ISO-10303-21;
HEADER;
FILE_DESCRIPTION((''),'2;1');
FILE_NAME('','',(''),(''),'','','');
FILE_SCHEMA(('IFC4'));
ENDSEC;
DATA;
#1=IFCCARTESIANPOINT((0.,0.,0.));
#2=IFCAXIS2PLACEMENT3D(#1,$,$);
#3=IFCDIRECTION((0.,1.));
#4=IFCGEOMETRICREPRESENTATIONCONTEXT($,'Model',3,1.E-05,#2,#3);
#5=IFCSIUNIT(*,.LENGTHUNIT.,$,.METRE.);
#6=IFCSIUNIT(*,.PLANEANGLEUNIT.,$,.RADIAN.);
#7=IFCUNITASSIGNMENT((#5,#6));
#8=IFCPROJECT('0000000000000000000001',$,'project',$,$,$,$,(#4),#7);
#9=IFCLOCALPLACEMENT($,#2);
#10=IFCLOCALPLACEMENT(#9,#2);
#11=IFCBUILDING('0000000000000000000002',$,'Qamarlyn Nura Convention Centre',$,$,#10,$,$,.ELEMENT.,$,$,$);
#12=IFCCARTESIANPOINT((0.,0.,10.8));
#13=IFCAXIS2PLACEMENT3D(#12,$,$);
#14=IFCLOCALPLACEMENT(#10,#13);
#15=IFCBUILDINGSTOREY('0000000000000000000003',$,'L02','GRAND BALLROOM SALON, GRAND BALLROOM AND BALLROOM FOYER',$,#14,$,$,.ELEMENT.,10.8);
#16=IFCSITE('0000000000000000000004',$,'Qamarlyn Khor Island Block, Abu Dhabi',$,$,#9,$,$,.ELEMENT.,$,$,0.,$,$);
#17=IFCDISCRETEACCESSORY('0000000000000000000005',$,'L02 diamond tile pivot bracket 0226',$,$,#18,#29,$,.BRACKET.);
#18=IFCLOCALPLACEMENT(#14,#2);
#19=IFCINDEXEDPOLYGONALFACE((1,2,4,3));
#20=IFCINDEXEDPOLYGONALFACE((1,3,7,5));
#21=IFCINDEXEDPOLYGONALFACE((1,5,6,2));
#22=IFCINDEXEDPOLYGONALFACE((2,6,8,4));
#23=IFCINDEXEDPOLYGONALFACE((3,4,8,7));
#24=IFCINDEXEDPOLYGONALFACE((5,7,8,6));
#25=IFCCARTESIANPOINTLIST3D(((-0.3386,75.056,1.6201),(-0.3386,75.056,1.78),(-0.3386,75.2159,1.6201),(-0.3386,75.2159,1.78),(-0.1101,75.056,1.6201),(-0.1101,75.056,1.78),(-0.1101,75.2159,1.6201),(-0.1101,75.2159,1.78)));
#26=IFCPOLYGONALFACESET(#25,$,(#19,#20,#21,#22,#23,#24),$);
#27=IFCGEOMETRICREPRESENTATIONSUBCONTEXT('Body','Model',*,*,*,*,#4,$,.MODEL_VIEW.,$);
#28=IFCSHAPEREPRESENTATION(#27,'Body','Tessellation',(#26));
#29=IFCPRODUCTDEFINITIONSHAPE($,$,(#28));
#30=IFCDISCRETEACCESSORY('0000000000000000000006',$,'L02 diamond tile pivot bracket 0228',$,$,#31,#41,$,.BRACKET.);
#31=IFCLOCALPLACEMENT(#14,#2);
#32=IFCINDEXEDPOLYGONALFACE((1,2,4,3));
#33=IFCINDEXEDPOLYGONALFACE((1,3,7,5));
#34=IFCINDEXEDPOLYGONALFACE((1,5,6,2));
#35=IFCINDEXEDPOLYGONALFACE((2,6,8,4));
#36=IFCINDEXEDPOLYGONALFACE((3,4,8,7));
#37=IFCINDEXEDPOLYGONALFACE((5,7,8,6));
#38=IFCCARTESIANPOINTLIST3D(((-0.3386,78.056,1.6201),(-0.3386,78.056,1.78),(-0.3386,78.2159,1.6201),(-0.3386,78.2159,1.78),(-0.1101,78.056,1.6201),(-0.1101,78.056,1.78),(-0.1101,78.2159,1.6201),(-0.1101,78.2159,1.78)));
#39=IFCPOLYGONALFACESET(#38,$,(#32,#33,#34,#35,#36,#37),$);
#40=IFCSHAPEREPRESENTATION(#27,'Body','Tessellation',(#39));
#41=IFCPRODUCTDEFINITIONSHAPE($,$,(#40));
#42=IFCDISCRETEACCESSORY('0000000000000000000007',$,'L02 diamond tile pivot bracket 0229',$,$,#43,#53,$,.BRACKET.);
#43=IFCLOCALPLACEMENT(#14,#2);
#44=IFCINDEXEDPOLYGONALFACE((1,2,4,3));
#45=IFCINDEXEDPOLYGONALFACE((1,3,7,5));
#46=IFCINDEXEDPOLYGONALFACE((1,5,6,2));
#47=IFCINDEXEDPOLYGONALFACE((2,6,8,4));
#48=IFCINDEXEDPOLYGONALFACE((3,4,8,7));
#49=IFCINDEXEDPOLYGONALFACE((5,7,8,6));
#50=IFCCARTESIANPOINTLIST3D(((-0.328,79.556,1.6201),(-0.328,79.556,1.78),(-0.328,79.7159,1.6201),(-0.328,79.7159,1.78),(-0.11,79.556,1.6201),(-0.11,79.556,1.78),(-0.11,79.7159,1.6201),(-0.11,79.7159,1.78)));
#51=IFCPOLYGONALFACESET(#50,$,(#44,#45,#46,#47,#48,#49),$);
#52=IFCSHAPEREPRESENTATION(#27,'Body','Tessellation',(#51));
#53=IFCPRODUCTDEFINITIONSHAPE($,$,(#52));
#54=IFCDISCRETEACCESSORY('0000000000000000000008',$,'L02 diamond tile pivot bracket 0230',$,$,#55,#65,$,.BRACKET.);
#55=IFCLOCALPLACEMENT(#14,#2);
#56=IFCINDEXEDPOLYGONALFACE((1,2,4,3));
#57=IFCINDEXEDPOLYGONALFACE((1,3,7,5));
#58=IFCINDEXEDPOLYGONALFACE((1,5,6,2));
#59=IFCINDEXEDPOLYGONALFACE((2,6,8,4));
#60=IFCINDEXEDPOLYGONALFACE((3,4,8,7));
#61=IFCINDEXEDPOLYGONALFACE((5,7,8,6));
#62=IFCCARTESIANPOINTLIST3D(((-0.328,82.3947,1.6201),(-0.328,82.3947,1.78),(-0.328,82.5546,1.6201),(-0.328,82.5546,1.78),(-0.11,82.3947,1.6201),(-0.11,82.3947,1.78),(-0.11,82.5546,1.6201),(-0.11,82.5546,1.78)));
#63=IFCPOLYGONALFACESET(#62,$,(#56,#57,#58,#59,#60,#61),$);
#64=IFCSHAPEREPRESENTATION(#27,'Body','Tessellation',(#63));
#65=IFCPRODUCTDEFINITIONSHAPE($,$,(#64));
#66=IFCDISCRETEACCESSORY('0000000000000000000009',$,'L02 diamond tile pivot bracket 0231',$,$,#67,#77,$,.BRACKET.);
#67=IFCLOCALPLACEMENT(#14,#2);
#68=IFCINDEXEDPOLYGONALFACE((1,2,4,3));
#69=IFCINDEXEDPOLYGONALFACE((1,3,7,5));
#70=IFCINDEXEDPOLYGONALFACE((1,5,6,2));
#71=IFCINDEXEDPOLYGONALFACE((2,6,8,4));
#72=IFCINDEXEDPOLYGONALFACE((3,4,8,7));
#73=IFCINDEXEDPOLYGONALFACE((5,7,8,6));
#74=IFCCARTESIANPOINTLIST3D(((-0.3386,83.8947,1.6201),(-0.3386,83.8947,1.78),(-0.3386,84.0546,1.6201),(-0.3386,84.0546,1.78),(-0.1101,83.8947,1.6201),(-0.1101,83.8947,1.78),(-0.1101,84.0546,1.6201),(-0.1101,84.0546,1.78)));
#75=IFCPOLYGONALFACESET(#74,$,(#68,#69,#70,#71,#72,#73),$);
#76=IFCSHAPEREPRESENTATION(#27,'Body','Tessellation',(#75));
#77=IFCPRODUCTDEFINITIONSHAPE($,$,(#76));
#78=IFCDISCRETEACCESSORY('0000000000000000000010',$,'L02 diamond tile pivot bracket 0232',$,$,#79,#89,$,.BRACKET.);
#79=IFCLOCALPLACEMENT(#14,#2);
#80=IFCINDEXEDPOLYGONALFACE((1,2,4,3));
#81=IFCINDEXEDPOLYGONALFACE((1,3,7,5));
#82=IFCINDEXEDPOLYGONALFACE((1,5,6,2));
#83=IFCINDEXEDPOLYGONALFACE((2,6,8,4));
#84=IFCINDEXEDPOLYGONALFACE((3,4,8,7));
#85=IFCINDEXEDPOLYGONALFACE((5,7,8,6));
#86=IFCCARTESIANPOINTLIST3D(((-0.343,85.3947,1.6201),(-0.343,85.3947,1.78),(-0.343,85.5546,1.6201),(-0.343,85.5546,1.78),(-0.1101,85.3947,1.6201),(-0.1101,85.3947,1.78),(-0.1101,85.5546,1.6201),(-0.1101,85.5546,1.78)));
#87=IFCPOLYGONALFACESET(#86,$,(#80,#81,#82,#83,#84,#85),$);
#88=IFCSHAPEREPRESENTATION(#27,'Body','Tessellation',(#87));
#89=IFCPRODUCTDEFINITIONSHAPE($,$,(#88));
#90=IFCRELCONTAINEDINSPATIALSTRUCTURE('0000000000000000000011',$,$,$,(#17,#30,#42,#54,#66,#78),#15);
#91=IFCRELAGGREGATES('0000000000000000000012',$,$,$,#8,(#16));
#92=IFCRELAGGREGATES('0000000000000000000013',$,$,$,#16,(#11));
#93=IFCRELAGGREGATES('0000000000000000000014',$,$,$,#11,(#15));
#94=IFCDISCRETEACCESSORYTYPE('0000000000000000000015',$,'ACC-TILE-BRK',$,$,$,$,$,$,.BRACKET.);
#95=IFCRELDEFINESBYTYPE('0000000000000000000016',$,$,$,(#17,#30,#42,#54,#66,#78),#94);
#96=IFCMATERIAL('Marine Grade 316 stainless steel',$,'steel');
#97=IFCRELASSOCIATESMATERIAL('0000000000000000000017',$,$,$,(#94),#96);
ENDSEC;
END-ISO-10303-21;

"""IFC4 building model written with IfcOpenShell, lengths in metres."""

from ifc_helpers import new_model, si_unit, direction, frame, origin, origin_2d, place, context, subcontext, project, spatial, rectangle, extrude, material, type_object, element, save


model = new_model("IFC4")

# Units and contexts
model_context = context("Model", 3, precision=1e-05, world=origin(), true_north=direction((0.0, 1.0)))
body_context = subcontext(model_context, "Body", "Model", "MODEL_VIEW")
ifc_project = project(units=[si_unit("LENGTHUNIT", "METRE"), si_unit("PLANEANGLEUNIT", "RADIAN")], contexts=[model_context])

# Site, building, storey
site_placement = place(None, origin())
site = spatial("IfcSite", under=ifc_project, at=site_placement, Name="Qamarlyn Khor Island Block, Abu Dhabi", CompositionType="ELEMENT", RefElevation=0.0)
building_placement = place(site_placement, origin())
building = spatial("IfcBuilding", under=site, at=building_placement, Name="Qamarlyn Nura Convention Centre", CompositionType="ELEMENT")
storey_placement = place(building_placement, frame((0.0, 0.0, 10.8)))
storey = spatial("IfcBuildingStorey", under=building, at=storey_placement, Name="L02", Description="GRAND BALLROOM SALON, GRAND BALLROOM AND BALLROOM FOYER", CompositionType="ELEMENT", Elevation=10.8)

# Discrete accessories
ifc_material_1 = material(Name="Marine Grade 316 stainless steel", Category="steel")
discrete_accessory_type_1 = type_object("IfcDiscreteAccessoryType", Name="ACC-TILE-BRK", PredefinedType="BRACKET", material=ifc_material_1)
for number, where, z_axis, x_axis, name in (
    (1, (-0.2244, 75.136, 1.6201), (0.0, 0.0, 1.0), (-1.0, 0.0, 0.0), "L02 diamond tile pivot bracket 0226"),
    (2, (-0.2244, 78.136, 1.6201), (0.0, 0.0, 1.0), (-1.0, 0.0, 0.0), "L02 diamond tile pivot bracket 0228"),
):
    element("IfcDiscreteAccessory", number, at=place(storey_placement, frame(where, z_axis=z_axis, x_axis=x_axis)), inside=storey, type_object=discrete_accessory_type_1, Name=name, PredefinedType="BRACKET", context=body_context, shape_type="SweptSolid", body=[
        extrude(rectangle(XDim=0.2285, YDim=0.1599, at=origin_2d()), origin(), (0.0, 0.0, 1.0), 0.1599),
    ])
for number, where, z_axis, x_axis, name in (
    (3, (-0.219, 79.636, 1.6201), (0.0, 0.0, 1.0), (-1.0, 0.0, 0.0), "L02 diamond tile pivot bracket 0229"),
    (4, (-0.219, 82.4746, 1.6201), (0.0, 0.0, 1.0), (-1.0, 0.0, 0.0), "L02 diamond tile pivot bracket 0230"),
):
    element("IfcDiscreteAccessory", number, at=place(storey_placement, frame(where, z_axis=z_axis, x_axis=x_axis)), inside=storey, type_object=discrete_accessory_type_1, Name=name, PredefinedType="BRACKET", context=body_context, shape_type="SweptSolid", body=[
        extrude(rectangle(XDim=0.218, YDim=0.1599, at=origin_2d()), origin(), (0.0, 0.0, 1.0), 0.1599),
    ])
discrete_accessory_1_placement = place(storey_placement, frame((-0.2244, 83.9746, 1.6201), z_axis=(0.0, 0.0, 1.0), x_axis=(-1.0, 0.0, 0.0)))
element("IfcDiscreteAccessory", 5, at=discrete_accessory_1_placement, inside=storey, type_object=discrete_accessory_type_1, Name="L02 diamond tile pivot bracket 0231", PredefinedType="BRACKET", context=body_context, shape_type="SweptSolid", body=[
    extrude(rectangle(XDim=0.2285, YDim=0.1599, at=origin_2d()), origin(), (0.0, 0.0, 1.0), 0.1599),
])
discrete_accessory_2_placement = place(storey_placement, frame((-0.2266, 85.4746, 1.6201), z_axis=(0.0, 0.0, 1.0), x_axis=(-1.0, 0.0, 0.0)))
element("IfcDiscreteAccessory", 6, at=discrete_accessory_2_placement, inside=storey, type_object=discrete_accessory_type_1, Name="L02 diamond tile pivot bracket 0232", PredefinedType="BRACKET", context=body_context, shape_type="SweptSolid", body=[
    extrude(rectangle(XDim=0.2329, YDim=0.1599, at=origin_2d()), origin(), (0.0, 0.0, 1.0), 0.1599),
])

save(model, "model.ifc")
